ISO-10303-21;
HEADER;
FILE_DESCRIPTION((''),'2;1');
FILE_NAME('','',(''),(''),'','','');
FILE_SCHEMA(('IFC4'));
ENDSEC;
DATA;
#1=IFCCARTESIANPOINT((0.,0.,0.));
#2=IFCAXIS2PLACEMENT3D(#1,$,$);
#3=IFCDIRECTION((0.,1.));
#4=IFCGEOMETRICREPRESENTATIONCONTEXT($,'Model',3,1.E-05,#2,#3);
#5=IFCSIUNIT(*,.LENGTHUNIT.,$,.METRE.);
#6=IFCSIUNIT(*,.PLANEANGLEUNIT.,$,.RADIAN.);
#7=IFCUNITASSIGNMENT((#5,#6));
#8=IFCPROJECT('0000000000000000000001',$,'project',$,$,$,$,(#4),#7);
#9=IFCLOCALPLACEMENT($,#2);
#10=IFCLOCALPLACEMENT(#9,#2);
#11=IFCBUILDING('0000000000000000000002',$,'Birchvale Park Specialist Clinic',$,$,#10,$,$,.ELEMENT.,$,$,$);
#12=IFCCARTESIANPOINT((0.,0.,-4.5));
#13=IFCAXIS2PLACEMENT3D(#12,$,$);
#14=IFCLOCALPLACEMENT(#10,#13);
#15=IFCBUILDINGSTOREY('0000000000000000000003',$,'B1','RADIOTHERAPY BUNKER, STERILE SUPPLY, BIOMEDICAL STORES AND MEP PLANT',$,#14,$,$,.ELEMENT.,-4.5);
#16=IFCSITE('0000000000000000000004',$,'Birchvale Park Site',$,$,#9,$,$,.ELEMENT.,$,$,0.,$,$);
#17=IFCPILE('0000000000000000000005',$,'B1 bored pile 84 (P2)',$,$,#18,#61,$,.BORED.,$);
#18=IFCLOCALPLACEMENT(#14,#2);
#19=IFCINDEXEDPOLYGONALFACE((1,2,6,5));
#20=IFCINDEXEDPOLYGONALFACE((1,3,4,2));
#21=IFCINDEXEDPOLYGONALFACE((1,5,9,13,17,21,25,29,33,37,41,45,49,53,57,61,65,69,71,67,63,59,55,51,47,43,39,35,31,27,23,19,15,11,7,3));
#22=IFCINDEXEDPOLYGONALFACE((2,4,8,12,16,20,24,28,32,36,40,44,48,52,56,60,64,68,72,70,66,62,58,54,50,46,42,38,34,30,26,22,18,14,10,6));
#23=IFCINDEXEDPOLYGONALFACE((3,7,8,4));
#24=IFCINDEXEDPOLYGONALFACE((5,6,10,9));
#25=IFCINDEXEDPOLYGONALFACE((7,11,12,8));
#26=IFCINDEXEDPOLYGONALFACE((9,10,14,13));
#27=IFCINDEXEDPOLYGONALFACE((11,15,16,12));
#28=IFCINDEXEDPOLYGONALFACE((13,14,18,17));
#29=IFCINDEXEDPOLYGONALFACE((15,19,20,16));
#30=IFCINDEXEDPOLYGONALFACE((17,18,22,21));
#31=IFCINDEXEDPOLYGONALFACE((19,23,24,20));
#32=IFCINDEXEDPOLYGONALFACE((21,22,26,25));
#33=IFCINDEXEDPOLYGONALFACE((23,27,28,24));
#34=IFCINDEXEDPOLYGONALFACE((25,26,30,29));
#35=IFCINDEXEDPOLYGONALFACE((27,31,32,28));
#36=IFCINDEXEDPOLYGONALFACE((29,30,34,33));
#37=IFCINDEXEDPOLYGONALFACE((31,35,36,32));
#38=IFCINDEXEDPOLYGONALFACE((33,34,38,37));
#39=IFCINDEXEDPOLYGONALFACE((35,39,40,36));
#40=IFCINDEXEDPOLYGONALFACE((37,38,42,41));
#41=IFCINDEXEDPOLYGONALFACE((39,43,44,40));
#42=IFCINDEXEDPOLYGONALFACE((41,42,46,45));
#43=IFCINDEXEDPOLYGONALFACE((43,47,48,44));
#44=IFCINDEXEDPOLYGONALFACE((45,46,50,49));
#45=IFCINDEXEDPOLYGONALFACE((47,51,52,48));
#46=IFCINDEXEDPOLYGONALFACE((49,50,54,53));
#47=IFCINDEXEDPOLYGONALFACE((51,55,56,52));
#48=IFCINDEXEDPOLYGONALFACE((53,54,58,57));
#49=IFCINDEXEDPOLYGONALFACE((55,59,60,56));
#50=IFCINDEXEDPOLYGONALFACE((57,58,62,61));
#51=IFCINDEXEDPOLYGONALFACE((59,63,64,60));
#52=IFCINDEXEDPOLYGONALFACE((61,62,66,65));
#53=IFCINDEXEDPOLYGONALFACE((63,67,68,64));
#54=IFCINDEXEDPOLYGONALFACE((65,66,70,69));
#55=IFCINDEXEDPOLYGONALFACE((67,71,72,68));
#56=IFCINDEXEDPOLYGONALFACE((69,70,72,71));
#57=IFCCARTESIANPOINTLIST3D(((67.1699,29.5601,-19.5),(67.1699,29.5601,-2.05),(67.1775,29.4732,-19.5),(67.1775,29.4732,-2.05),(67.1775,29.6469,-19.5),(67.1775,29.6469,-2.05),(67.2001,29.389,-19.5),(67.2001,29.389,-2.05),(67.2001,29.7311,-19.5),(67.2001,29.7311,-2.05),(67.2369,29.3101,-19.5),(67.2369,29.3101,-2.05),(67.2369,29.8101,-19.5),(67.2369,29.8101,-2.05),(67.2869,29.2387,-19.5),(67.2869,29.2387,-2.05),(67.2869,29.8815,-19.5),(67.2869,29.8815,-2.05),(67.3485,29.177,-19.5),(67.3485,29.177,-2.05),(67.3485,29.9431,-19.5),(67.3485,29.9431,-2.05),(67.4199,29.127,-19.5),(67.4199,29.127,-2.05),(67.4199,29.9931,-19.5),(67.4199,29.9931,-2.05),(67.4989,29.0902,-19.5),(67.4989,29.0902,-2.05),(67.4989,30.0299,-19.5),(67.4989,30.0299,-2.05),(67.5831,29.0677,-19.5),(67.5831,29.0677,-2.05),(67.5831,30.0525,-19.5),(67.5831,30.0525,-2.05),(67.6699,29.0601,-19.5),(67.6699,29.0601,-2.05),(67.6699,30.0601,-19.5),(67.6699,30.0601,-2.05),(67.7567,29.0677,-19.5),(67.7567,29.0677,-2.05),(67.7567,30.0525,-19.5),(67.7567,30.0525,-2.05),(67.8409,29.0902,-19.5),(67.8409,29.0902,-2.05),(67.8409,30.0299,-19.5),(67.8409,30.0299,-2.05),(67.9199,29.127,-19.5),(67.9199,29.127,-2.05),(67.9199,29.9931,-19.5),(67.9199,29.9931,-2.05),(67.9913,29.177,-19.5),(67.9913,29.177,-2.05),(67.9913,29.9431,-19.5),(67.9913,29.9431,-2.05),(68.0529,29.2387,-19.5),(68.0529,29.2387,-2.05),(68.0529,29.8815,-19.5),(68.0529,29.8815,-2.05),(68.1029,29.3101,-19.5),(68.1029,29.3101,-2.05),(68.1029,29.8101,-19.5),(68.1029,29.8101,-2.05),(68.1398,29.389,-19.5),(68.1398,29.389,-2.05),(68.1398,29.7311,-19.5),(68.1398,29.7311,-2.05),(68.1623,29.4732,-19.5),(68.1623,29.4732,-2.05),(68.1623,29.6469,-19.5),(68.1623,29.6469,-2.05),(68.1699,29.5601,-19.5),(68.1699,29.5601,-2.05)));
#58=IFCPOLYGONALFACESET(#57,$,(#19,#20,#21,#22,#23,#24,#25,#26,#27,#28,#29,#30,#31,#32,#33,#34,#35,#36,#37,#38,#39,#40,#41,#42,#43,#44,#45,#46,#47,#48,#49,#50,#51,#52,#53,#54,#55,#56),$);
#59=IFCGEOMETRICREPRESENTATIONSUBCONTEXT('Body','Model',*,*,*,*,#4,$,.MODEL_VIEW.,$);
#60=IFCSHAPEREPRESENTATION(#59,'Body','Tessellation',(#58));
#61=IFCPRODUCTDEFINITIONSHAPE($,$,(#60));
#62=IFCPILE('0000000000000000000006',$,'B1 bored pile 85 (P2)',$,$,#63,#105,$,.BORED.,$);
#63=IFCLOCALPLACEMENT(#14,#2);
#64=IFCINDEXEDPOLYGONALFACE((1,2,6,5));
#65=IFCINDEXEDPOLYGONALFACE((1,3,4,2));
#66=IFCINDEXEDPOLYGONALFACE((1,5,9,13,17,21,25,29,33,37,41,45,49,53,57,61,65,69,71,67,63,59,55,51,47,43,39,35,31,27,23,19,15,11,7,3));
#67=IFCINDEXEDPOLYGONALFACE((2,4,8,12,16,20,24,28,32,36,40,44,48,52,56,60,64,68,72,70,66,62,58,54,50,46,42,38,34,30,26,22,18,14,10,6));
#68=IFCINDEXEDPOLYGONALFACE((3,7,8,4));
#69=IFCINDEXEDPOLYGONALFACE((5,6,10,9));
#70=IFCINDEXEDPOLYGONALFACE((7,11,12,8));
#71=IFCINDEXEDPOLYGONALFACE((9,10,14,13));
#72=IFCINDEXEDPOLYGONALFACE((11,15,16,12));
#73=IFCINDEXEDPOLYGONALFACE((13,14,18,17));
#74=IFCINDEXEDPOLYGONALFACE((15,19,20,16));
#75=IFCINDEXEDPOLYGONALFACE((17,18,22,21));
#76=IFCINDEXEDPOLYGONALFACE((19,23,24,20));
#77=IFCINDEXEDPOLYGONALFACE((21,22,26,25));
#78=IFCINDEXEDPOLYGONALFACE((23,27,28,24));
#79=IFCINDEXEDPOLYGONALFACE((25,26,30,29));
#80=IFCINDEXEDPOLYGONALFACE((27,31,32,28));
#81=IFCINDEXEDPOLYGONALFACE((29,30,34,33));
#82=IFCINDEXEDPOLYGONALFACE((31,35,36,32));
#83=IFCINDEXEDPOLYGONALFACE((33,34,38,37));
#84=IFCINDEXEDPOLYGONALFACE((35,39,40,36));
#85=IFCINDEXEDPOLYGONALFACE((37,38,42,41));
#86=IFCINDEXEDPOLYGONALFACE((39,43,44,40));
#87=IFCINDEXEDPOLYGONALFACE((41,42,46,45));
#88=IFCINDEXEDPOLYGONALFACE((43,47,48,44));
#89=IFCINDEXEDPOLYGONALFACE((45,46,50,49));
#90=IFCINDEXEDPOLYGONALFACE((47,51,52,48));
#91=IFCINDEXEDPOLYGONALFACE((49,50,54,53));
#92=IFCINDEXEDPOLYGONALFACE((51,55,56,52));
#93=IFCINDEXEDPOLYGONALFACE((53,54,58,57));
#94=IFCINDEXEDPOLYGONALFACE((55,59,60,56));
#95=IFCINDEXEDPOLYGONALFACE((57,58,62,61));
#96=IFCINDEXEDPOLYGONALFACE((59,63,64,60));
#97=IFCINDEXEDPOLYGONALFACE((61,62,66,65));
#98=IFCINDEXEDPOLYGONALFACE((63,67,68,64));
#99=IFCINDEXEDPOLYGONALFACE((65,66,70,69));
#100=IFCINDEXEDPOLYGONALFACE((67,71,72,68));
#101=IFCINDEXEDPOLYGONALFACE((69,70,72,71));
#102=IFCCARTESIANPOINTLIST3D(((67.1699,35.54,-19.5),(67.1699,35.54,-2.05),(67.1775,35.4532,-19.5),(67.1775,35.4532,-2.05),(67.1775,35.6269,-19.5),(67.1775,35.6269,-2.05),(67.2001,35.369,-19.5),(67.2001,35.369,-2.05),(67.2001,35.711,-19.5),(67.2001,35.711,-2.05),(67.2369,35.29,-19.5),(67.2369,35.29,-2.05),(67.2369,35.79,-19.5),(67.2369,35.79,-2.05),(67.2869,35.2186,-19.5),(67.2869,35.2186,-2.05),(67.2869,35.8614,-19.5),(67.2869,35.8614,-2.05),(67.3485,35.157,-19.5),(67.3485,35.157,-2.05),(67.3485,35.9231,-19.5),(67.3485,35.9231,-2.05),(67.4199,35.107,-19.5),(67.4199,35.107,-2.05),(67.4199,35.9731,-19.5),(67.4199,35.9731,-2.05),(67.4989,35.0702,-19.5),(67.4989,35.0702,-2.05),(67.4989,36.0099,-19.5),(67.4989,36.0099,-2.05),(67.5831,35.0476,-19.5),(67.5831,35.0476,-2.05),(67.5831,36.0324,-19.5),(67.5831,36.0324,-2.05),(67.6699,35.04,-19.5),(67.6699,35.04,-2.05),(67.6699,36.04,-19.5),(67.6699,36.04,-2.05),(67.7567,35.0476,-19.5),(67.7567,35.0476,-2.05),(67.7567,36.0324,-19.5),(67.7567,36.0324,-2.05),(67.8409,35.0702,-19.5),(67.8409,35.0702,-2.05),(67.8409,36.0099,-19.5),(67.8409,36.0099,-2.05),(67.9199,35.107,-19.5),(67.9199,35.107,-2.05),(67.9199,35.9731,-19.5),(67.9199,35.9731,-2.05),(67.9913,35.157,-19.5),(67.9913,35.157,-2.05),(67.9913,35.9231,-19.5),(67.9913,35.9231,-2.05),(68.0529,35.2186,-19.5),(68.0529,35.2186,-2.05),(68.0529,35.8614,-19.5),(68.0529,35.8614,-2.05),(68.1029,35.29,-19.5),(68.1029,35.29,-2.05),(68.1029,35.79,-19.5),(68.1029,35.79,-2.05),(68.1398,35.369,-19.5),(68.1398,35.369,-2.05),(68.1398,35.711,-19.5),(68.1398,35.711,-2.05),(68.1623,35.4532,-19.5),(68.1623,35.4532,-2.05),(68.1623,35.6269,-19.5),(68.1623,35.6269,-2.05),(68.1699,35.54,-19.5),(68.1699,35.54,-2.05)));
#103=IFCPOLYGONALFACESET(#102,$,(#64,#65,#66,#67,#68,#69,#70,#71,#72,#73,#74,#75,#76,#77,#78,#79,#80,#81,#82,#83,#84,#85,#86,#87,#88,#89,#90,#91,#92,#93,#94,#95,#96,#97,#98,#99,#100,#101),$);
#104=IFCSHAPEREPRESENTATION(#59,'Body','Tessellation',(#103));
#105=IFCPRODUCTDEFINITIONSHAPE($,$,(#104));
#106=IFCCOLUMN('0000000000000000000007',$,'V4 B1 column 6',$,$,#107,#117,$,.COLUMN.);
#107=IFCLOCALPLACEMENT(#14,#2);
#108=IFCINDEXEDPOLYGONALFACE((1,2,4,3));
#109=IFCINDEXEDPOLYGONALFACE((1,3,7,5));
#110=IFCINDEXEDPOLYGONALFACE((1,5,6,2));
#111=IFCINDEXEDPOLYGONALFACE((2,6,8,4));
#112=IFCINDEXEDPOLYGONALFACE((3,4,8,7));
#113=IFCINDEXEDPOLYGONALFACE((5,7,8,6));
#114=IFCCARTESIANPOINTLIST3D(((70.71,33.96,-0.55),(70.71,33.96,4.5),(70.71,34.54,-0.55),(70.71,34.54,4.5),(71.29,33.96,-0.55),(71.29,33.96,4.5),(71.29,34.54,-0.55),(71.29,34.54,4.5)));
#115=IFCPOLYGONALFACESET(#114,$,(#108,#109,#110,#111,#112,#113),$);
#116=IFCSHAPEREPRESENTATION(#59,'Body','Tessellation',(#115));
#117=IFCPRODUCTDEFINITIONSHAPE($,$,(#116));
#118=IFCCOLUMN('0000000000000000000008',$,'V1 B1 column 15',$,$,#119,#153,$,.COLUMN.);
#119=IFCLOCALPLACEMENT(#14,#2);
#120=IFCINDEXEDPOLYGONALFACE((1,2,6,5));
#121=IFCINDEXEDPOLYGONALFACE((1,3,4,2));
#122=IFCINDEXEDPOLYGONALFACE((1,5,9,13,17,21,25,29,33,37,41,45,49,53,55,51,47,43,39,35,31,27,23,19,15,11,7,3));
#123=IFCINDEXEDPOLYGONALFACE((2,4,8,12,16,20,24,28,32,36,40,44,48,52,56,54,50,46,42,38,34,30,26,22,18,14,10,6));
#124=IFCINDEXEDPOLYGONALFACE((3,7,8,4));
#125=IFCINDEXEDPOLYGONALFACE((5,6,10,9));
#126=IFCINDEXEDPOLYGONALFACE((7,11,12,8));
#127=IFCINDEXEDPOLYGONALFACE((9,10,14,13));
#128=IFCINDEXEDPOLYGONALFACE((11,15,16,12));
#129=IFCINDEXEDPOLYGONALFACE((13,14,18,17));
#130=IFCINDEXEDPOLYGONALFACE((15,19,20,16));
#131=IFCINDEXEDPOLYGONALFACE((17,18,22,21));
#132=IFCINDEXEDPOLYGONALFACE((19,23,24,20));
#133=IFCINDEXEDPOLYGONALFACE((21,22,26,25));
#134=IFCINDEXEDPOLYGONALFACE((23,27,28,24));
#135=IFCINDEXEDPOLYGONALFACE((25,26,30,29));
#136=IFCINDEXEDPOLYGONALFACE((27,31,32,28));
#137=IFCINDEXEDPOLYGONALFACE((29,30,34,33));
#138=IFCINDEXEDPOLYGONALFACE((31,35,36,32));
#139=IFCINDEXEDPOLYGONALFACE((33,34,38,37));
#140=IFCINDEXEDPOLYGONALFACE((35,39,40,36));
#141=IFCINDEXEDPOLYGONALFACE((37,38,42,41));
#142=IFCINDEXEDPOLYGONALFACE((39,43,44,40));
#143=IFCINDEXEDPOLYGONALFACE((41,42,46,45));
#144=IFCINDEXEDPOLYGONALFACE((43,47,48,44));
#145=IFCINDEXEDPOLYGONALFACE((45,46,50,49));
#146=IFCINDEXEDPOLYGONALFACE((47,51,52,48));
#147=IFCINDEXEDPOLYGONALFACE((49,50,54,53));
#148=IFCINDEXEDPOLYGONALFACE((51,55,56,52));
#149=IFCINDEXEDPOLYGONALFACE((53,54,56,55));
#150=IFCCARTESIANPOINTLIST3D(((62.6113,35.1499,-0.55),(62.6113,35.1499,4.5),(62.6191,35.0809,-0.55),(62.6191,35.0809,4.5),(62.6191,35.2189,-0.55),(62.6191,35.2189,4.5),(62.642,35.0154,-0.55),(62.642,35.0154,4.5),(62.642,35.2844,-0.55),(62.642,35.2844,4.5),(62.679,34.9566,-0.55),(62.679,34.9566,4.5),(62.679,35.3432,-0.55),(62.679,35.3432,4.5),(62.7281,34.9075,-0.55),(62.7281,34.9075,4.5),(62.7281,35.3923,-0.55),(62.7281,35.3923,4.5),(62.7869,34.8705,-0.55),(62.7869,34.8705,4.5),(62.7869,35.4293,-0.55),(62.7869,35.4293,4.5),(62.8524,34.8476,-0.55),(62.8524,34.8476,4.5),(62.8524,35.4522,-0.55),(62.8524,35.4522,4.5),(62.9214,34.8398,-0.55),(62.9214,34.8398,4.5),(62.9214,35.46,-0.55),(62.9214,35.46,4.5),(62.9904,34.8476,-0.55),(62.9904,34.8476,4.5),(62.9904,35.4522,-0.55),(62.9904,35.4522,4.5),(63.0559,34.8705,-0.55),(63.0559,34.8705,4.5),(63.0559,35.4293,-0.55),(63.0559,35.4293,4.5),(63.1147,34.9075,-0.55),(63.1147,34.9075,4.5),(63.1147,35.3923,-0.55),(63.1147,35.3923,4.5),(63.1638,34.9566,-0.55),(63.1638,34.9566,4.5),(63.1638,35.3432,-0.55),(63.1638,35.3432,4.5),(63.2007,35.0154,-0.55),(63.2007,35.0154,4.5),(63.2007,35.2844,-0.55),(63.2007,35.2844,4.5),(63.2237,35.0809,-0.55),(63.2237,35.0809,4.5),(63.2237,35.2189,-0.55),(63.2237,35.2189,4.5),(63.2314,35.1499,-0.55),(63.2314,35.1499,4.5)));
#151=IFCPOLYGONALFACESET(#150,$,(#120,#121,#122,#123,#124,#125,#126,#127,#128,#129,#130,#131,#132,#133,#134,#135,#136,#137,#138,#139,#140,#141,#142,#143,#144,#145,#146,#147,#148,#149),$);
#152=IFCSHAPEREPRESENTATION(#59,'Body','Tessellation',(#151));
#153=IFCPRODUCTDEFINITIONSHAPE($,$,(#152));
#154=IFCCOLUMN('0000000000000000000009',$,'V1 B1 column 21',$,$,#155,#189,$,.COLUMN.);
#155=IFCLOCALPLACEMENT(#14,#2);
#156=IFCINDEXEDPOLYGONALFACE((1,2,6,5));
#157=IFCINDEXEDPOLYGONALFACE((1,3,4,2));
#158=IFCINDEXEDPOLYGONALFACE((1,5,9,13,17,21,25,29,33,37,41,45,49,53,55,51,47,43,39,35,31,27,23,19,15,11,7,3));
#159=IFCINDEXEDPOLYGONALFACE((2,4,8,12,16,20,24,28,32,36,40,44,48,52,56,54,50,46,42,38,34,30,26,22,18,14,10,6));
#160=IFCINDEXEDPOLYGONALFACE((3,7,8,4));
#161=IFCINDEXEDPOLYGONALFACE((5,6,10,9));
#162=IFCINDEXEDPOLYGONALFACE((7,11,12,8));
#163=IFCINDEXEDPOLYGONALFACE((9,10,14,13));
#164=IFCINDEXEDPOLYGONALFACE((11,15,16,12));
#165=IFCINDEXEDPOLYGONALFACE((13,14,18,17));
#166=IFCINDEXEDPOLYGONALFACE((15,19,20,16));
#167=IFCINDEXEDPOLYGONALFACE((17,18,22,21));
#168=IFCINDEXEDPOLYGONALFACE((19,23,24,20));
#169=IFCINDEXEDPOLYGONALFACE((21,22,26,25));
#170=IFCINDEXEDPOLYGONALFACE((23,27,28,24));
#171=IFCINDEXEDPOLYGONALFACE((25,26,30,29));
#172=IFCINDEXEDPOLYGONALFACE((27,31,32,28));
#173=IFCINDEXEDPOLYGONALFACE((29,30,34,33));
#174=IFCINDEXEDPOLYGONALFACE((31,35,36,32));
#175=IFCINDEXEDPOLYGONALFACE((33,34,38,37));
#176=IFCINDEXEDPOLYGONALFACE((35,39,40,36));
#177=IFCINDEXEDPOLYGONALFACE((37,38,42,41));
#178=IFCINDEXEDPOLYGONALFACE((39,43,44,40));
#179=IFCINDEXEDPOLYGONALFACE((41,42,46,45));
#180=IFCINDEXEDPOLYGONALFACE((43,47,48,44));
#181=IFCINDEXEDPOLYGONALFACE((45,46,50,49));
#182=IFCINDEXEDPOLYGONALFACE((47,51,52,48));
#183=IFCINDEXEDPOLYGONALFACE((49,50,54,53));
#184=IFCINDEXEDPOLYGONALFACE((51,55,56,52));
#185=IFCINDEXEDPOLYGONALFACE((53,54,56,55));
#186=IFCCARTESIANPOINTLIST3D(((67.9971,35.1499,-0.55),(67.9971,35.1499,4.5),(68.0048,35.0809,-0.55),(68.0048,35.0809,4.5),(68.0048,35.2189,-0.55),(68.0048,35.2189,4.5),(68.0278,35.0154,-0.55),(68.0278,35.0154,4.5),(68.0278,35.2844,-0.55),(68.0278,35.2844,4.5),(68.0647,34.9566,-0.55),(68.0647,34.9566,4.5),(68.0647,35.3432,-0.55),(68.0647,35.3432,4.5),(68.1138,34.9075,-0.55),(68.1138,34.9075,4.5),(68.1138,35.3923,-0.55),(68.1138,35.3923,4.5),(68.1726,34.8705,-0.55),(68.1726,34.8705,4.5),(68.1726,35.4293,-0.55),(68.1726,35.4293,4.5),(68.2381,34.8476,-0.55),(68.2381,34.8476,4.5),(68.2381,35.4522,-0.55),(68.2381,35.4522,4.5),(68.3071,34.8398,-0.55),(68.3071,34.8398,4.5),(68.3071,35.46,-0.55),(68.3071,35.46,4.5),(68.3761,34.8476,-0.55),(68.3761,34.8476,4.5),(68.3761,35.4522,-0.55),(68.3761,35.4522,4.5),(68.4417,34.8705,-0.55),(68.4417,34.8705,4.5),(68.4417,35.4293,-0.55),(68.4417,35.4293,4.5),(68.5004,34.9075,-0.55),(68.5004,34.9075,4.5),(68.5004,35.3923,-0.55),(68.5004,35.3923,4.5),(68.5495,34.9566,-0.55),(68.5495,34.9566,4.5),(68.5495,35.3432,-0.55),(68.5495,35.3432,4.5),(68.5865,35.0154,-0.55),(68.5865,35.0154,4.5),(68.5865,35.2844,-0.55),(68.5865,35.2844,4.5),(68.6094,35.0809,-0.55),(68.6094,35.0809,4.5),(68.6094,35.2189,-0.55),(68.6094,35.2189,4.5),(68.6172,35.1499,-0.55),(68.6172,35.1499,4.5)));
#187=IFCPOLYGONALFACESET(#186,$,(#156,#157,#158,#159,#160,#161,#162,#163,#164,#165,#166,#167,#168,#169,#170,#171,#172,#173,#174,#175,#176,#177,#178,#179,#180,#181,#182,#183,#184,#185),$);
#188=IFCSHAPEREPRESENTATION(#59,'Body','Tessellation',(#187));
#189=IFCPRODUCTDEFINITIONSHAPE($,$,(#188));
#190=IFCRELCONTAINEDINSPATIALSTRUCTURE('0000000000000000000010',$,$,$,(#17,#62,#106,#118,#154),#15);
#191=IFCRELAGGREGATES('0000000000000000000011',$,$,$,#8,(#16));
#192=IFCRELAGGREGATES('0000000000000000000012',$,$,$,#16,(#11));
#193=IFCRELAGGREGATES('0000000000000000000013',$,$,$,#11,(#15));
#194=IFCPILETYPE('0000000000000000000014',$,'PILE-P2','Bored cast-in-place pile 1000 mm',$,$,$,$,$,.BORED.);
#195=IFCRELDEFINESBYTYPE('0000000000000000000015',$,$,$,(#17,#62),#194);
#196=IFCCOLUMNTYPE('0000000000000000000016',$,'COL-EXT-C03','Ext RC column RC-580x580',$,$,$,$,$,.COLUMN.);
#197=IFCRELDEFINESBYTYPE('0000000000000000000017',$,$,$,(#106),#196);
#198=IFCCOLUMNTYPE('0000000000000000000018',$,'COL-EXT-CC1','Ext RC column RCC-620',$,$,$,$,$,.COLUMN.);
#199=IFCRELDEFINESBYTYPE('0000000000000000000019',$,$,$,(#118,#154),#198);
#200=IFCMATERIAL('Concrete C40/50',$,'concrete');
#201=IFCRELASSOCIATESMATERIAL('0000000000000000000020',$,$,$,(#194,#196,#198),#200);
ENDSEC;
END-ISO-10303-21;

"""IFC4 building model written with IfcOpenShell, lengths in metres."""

from ifc_helpers import new_model, si_unit, direction, frame, origin, origin_2d, place, context, subcontext, project, spatial, rectangle, circle, extrude, material, material_profile, profile_set, type_object, element, save


model = new_model("IFC4")

# Units and contexts
model_context = context("Model", 3, precision=1e-05, world=origin(), true_north=direction((0.0, 1.0)))
body_context = subcontext(model_context, "Body", "Model", "MODEL_VIEW")
ifc_project = project(units=[si_unit("LENGTHUNIT", "METRE"), si_unit("PLANEANGLEUNIT", "RADIAN")], contexts=[model_context])

# Site, building, storey
site_placement = place(None, origin())
site = spatial("IfcSite", under=ifc_project, at=site_placement, Name="Birchvale Park Site", CompositionType="ELEMENT", RefElevation=0.0)
building_placement = place(site_placement, origin())
building = spatial("IfcBuilding", under=site, at=building_placement, Name="Birchvale Park Specialist Clinic", CompositionType="ELEMENT")
storey_placement = place(building_placement, frame((0.0, 0.0, -4.5)))
storey = spatial("IfcBuildingStorey", under=building, at=storey_placement, Name="B1", Description="RADIOTHERAPY BUNKER, STERILE SUPPLY, BIOMEDICAL STORES AND MEP PLANT", CompositionType="ELEMENT", Elevation=-4.5)

# Piles
ifc_material_1 = material(Name="Concrete C40/50", Category="concrete")
ifc_material_profile_1 = material_profile(ifc_material_1, circle(Radius=0.5, at=origin_2d()), Name="PILE-1000")
ifc_profile_set_1 = profile_set([ifc_material_profile_1], Name="Concrete C40/50")
pile_type_1 = type_object("IfcPileType", Name="PILE-P2", Description="Bored cast-in-place pile 1000 mm", PredefinedType="BORED", material=ifc_profile_set_1)
for number, where, z_axis, x_axis, name in (
    (1, (67.6699, 29.5601, -2.05), (0.0, 0.0, -1.0), (1.0, 0.0, 0.0), "B1 bored pile 84 (P2)"),
    (2, (67.6699, 35.54, -2.05), (0.0, 0.0, -1.0), (1.0, 0.0, 0.0), "B1 bored pile 85 (P2)"),
):
    element("IfcPile", number, at=place(storey_placement, frame(where, z_axis=z_axis, x_axis=x_axis)), inside=storey, type_object=pile_type_1, Name=name, PredefinedType="BORED", context=body_context, shape_type="SweptSolid", body=[
        extrude(circle(Radius=0.5, at=origin_2d()), origin(), (0.0, 0.0, 1.0), 17.45),
    ])

# Columns
ifc_material_profile_2 = material_profile(ifc_material_1, rectangle(XDim=0.5801, YDim=0.5801, at=origin_2d()), Name="RC-580x580")
ifc_profile_set_2 = profile_set([ifc_material_profile_2], Name="Concrete C40/50")
column_type_1 = type_object("IfcColumnType", Name="COL-EXT-C03", Description="Ext RC column RC-580x580", PredefinedType="COLUMN", material=ifc_profile_set_2)
column_placement = place(storey_placement, frame((71.0, 34.25, -0.55), z_axis=(0.0, 0.0, 1.0), x_axis=(1.0, 0.0, 0.0)))
element("IfcColumn", 3, at=column_placement, inside=storey, type_object=column_type_1, Name="V4 B1 column 6", PredefinedType="COLUMN", context=body_context, shape_type="SweptSolid", body=[
    extrude(rectangle(XDim=0.5801, YDim=0.5801, at=origin_2d()), origin(), (0.0, 0.0, 1.0), 5.05),
])
ifc_material_profile_3 = material_profile(ifc_material_1, circle(Radius=0.3101, at=origin_2d()), Name="RCC-620")
ifc_profile_set_3 = profile_set([ifc_material_profile_3], Name="Concrete C40/50")
column_type_2 = type_object("IfcColumnType", Name="COL-EXT-CC1", Description="Ext RC column RCC-620", PredefinedType="COLUMN", material=ifc_profile_set_3)
for number, where, z_axis, x_axis, name in (
    (4, (62.9214, 35.1499, -0.55), (0.0, 0.0, 1.0), (1.0, 0.0, 0.0), "V1 B1 column 15"),
    (5, (68.3071, 35.1499, -0.55), (0.0, 0.0, 1.0), (1.0, 0.0, 0.0), "V1 B1 column 21"),
):
    element("IfcColumn", number, at=place(storey_placement, frame(where, z_axis=z_axis, x_axis=x_axis)), inside=storey, type_object=column_type_2, Name=name, PredefinedType="COLUMN", context=body_context, shape_type="SweptSolid", body=[
        extrude(circle(Radius=0.3101, at=origin_2d()), origin(), (0.0, 0.0, 1.0), 5.05),
    ])

save(model, "model.ifc")
